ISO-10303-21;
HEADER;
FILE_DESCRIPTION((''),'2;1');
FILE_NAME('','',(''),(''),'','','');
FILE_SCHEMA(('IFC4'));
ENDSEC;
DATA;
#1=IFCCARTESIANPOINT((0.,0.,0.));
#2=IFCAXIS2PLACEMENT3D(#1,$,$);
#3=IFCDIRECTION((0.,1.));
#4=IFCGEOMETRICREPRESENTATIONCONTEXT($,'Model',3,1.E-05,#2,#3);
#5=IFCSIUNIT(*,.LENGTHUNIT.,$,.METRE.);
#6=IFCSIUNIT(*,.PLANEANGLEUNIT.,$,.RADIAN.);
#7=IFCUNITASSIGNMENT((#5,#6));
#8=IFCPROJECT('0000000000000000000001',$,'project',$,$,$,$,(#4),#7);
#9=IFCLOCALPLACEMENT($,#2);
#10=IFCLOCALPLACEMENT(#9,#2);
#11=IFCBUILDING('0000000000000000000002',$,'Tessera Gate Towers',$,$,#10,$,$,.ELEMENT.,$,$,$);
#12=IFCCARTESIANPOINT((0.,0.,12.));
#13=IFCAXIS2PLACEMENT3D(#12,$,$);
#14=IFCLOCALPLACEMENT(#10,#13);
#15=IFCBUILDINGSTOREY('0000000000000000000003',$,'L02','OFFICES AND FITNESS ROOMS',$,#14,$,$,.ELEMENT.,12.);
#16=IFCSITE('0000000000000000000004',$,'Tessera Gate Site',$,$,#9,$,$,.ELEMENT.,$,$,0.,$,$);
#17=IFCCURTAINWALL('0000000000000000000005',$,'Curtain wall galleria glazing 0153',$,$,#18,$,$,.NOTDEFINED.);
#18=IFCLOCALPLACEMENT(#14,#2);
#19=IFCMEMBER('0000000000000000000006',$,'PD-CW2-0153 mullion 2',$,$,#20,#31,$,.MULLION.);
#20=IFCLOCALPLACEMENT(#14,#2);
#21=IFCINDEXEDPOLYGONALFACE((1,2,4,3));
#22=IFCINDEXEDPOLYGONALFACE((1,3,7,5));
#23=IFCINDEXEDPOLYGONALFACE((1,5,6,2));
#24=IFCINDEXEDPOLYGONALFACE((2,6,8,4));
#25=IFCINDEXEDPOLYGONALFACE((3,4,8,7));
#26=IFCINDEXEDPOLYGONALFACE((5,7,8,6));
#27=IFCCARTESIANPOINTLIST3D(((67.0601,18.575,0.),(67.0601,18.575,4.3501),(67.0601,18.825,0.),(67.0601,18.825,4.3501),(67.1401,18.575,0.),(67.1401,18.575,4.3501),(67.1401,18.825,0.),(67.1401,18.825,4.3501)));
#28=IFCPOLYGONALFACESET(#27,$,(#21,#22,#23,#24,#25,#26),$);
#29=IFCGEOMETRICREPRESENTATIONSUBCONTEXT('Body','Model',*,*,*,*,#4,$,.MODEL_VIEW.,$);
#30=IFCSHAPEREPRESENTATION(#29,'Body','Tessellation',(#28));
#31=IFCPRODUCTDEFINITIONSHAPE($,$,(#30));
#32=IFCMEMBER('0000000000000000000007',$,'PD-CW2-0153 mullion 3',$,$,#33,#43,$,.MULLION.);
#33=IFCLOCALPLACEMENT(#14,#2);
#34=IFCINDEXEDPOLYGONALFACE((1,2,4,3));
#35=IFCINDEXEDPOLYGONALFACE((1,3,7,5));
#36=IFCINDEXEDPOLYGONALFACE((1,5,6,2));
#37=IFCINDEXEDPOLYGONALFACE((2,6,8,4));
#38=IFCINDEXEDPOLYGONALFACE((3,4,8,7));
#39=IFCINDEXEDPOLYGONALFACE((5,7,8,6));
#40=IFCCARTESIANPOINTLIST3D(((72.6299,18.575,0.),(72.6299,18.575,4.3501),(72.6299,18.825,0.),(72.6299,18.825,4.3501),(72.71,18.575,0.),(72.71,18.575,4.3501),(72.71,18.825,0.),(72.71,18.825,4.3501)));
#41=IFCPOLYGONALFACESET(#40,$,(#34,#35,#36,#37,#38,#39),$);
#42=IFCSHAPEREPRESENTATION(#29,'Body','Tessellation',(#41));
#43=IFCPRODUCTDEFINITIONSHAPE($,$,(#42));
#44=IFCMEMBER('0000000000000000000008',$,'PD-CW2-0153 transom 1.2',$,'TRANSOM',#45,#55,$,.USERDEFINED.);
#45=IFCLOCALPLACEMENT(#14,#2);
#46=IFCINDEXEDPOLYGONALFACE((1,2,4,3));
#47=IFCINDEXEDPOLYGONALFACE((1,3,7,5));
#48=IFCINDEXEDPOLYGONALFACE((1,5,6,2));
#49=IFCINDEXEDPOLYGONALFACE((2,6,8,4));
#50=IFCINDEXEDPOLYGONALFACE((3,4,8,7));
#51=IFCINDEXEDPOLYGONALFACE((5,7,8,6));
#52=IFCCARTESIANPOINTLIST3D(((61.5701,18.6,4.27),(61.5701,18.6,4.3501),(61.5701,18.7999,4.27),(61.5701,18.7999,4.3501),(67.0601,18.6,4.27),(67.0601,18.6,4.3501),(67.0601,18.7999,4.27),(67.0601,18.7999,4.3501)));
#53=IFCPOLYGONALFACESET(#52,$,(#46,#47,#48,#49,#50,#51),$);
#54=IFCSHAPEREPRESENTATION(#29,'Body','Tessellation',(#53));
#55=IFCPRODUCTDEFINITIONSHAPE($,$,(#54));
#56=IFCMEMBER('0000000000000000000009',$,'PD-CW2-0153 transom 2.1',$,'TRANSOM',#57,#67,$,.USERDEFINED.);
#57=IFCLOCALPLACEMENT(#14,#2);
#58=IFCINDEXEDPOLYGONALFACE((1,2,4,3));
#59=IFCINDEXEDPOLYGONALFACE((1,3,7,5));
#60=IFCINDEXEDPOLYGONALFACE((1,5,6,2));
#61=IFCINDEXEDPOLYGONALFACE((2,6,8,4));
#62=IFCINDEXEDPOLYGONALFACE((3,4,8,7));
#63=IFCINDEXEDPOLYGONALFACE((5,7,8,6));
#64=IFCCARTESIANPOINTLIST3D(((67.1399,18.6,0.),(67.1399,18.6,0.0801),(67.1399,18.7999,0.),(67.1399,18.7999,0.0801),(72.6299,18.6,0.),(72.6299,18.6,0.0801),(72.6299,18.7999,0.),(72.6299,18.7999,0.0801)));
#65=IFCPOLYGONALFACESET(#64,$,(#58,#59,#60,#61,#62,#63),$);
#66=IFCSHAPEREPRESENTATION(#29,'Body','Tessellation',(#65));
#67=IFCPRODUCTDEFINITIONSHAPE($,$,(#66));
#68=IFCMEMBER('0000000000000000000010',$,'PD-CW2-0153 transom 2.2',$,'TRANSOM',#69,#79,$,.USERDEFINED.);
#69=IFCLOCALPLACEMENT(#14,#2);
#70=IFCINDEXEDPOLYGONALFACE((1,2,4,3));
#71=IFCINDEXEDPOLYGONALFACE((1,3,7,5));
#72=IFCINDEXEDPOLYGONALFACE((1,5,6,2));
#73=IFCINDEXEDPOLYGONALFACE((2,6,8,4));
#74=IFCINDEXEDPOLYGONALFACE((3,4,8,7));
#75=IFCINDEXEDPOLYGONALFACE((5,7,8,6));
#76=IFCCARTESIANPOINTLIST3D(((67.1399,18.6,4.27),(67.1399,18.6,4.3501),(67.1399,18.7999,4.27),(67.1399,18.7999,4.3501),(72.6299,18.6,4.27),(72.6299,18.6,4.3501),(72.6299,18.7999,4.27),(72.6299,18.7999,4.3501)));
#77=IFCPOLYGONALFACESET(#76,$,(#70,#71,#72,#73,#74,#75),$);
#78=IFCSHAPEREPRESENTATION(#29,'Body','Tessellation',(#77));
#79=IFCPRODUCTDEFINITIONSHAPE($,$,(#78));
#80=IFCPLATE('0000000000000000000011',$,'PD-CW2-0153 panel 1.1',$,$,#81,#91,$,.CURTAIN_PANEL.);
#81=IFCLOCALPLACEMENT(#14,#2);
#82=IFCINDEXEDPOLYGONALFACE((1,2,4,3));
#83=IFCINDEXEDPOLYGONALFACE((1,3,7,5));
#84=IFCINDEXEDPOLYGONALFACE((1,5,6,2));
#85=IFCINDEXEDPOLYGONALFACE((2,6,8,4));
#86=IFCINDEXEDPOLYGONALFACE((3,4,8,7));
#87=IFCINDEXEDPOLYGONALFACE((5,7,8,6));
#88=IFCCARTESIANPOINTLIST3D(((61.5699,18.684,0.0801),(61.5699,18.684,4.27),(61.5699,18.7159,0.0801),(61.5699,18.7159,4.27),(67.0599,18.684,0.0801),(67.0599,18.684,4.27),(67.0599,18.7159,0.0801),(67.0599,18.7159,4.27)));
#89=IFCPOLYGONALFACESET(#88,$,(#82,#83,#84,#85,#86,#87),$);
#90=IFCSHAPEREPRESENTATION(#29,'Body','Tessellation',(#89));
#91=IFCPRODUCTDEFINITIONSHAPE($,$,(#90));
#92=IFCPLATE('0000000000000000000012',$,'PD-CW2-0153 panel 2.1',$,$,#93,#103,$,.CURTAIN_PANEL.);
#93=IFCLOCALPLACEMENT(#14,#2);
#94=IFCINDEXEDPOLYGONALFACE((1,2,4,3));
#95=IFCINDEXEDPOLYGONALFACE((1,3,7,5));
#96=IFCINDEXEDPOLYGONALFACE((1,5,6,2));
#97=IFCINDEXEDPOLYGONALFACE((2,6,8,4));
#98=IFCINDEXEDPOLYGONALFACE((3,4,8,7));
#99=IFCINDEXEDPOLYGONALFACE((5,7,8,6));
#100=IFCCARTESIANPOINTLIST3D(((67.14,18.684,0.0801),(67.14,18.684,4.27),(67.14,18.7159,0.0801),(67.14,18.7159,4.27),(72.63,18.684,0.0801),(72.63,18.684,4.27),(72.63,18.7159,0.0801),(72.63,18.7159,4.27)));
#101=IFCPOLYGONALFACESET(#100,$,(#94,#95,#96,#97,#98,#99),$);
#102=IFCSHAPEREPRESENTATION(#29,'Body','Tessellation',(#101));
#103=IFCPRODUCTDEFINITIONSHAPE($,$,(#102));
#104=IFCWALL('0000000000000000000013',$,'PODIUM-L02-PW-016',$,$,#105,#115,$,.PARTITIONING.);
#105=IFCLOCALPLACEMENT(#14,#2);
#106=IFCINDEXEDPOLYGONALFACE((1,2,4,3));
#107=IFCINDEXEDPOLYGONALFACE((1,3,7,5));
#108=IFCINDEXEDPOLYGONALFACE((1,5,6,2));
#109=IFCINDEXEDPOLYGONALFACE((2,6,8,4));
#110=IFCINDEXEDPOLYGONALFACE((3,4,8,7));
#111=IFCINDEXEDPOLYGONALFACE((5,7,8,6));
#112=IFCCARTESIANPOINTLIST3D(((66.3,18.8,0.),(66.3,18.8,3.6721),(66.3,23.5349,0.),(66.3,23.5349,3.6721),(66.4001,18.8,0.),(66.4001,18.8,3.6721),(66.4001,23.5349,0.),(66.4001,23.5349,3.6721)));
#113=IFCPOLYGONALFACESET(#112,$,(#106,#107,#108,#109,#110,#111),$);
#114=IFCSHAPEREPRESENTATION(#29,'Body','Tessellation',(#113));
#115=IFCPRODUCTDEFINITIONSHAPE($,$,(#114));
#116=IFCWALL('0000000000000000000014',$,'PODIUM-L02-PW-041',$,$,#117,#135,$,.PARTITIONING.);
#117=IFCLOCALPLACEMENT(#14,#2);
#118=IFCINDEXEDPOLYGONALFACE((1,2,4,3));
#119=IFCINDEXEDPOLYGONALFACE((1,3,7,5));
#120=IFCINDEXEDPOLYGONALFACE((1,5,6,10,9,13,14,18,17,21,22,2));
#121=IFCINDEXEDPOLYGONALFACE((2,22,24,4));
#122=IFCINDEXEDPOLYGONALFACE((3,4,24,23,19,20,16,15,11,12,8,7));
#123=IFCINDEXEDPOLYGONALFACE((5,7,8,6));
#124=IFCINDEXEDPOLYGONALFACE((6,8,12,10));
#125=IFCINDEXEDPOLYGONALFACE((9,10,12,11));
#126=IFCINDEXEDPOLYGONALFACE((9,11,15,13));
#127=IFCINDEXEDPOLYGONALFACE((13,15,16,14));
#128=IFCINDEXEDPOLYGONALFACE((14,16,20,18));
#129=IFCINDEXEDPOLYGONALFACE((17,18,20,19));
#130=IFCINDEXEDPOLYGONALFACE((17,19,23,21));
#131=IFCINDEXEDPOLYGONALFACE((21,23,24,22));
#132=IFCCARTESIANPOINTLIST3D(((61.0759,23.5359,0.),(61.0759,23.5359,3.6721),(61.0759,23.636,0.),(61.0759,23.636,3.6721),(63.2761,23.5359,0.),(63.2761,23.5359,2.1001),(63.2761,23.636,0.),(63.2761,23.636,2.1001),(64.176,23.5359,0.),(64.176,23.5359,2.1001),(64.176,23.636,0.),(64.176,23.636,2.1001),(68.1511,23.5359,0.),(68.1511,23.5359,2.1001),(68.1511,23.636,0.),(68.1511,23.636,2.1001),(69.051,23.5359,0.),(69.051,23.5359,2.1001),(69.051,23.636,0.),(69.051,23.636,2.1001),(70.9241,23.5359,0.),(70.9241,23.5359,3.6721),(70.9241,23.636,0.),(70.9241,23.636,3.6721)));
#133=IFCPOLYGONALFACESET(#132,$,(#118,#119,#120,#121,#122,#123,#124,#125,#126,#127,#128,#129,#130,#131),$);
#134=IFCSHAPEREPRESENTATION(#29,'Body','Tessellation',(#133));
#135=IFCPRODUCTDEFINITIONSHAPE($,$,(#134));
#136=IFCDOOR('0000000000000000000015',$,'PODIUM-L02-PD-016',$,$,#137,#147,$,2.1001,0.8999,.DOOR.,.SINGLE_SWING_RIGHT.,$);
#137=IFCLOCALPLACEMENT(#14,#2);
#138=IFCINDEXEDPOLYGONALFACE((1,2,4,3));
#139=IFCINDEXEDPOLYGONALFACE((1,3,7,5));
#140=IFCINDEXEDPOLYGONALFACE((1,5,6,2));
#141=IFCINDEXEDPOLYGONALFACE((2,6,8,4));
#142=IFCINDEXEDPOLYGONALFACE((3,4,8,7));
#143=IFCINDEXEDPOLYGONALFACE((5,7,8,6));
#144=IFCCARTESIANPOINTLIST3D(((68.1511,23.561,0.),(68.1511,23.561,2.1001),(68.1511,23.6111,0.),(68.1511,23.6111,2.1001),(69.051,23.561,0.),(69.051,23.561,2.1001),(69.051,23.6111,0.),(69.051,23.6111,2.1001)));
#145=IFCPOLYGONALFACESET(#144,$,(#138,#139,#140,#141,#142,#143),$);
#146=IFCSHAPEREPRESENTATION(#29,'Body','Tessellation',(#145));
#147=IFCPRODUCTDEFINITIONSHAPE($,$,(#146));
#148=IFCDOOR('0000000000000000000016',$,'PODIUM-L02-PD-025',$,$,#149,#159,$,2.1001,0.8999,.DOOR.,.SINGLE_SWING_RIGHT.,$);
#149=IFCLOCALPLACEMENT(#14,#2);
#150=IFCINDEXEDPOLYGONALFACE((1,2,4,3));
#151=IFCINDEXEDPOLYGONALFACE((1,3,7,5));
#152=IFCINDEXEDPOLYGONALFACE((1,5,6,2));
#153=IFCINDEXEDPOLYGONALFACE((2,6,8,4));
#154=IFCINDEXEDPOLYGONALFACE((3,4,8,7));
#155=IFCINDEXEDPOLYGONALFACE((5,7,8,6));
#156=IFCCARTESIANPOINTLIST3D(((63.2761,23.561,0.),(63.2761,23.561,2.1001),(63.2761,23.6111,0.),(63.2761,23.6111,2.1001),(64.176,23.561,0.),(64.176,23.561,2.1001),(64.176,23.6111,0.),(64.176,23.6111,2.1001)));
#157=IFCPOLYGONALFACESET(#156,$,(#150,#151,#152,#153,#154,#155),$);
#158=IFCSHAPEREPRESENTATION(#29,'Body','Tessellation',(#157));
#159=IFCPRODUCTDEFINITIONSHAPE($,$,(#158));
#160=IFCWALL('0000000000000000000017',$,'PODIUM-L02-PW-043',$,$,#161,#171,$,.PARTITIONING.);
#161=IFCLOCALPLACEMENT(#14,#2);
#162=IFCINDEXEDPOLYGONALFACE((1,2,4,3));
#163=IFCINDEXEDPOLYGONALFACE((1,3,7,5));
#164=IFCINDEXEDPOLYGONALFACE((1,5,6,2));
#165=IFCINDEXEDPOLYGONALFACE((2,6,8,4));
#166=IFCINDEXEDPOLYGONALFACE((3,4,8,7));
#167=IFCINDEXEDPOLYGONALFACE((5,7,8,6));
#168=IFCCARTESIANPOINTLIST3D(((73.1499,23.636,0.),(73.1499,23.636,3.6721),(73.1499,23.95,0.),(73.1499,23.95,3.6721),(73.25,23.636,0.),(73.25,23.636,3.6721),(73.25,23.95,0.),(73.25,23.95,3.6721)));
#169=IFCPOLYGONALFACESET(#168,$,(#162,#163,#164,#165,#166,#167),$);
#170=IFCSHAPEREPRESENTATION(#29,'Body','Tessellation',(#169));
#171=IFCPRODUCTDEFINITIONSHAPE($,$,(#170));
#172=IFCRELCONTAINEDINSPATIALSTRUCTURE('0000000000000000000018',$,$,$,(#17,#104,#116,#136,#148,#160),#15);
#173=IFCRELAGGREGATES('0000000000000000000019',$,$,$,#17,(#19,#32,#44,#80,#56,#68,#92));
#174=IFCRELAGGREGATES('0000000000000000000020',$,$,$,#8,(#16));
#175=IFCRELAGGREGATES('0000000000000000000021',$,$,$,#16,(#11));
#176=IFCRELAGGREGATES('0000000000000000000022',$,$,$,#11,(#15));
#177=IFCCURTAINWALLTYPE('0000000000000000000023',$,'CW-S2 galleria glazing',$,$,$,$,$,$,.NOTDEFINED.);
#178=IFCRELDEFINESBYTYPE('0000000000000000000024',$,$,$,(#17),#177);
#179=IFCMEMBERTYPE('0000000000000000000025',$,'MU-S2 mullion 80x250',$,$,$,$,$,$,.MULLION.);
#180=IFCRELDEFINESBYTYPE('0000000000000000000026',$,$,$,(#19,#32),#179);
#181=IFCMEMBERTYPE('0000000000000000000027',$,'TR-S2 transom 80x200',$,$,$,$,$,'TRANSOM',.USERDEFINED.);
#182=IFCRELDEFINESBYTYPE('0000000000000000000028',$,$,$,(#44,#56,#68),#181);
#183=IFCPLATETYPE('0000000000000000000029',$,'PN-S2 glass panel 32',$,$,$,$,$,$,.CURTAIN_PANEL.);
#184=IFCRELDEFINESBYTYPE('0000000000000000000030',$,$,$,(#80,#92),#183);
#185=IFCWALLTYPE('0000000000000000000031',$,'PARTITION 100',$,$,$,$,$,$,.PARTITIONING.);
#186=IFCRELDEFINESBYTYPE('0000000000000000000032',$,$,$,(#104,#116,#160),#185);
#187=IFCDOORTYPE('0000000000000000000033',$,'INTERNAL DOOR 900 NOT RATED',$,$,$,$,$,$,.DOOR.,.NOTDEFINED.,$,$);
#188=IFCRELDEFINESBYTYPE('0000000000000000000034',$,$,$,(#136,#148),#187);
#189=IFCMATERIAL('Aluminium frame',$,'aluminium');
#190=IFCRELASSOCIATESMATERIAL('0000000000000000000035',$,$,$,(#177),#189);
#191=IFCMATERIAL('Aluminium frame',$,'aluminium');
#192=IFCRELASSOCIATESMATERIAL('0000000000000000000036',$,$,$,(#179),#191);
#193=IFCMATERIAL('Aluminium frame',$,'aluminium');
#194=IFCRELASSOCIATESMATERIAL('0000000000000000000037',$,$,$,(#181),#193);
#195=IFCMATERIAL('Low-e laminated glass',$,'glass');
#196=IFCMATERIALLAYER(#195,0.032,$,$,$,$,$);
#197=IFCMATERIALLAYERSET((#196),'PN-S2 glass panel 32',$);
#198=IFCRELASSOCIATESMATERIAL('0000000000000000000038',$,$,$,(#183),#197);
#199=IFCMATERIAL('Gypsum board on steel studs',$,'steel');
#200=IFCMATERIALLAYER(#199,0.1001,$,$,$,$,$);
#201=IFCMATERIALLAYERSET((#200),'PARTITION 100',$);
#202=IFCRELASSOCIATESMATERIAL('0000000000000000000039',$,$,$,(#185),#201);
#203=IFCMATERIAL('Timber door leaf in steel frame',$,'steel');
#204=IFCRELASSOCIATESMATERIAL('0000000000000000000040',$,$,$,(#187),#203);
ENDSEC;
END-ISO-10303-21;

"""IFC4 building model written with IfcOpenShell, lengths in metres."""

from ifc_helpers import new_model, si_unit, direction, frame, frame_2d, origin, origin_2d, place, context, subcontext, project, spatial, rectangle, extrude, source, transform, mapped, material, layer, layer_set, material_profile, profile_set, type_object, element, fill, aggregate, save


model = new_model("IFC4")

# Units and contexts
model_context = context("Model", 3, precision=1e-05, world=origin(), true_north=direction((0.0, 1.0)))
body_context = subcontext(model_context, "Body", "Model", "MODEL_VIEW")
ifc_project = project(units=[si_unit("LENGTHUNIT", "METRE"), si_unit("PLANEANGLEUNIT", "RADIAN")], contexts=[model_context])

# Site, building, storey
site_placement = place(None, origin())
site = spatial("IfcSite", under=ifc_project, at=site_placement, Name="Tessera Gate Site", CompositionType="ELEMENT", RefElevation=0.0)
building_placement = place(site_placement, origin())
building = spatial("IfcBuilding", under=site, at=building_placement, Name="Tessera Gate Towers", CompositionType="ELEMENT")
storey_placement = place(building_placement, frame((0.0, 0.0, 12.0)))
storey = spatial("IfcBuildingStorey", under=building, at=storey_placement, Name="L02", Description="OFFICES AND FITNESS ROOMS", CompositionType="ELEMENT", Elevation=12.0)

# Curtain wall, members, plates
ifc_material_1 = material(Name="Aluminium frame", Category="aluminium")
curtain_wall_type = type_object("IfcCurtainWallType", Name="CW-S2 galleria glazing", PredefinedType="NOTDEFINED", material=ifc_material_1)
curtain_wall_placement = place(storey_placement, origin())
curtain_wall = element("IfcCurtainWall", 1, at=curtain_wall_placement, inside=storey, type_object=curtain_wall_type, Name="Curtain wall galleria glazing 0153", PredefinedType="NOTDEFINED")
ifc_material_2 = material(Name="Aluminium frame", Category="aluminium")
ifc_material_profile_1 = material_profile(ifc_material_2, rectangle(XDim=0.0801, YDim=0.25, at=origin_2d()), Name="AL 80x250")
ifc_profile_set_1 = profile_set([ifc_material_profile_1], Name="Aluminium frame")
member_type_1 = type_object("IfcMemberType", Name="MU-S2 mullion 80x250", PredefinedType="MULLION", material=ifc_profile_set_1)
member_1_placement = place(storey_placement, frame((67.1001, 18.7, 0.0), z_axis=(0.0, 0.0, 1.0), x_axis=(1.0, 0.0, 0.0)))
member_1 = element("IfcMember", 2, at=member_1_placement, type_object=member_type_1, Name="PD-CW2-0153 mullion 2", PredefinedType="MULLION", context=body_context, shape_type="SweptSolid", body=[
    extrude(rectangle(XDim=0.0801, YDim=0.25, at=origin_2d()), origin(), (0.0, 0.0, 1.0), 4.3501),
])
member_2_placement = place(storey_placement, frame((72.6699, 18.7, 0.0), z_axis=(0.0, 0.0, 1.0), x_axis=(1.0, 0.0, 0.0)))
member_2 = element("IfcMember", 3, at=member_2_placement, type_object=member_type_1, Name="PD-CW2-0153 mullion 3", PredefinedType="MULLION", context=body_context, shape_type="SweptSolid", body=[
    extrude(rectangle(XDim=0.0801, YDim=0.25, at=origin_2d()), origin(), (0.0, 0.0, 1.0), 4.3501),
])
ifc_material_3 = material(Name="Aluminium frame", Category="aluminium")
ifc_material_profile_2 = material_profile(ifc_material_3, rectangle(XDim=0.2, YDim=0.0801, at=origin_2d()), Name="AL 80x200")
ifc_profile_set_2 = profile_set([ifc_material_profile_2], Name="Aluminium frame")
member_type_2 = type_object("IfcMemberType", Name="TR-S2 transom 80x200", ElementType="TRANSOM", PredefinedType="USERDEFINED", material=ifc_profile_set_2)
member_3_placement = place(storey_placement, frame((61.5701, 18.7, 4.3101), z_axis=(1.0, 0.0, 0.0), x_axis=(0.0, 1.0, 0.0)))
member_3 = element("IfcMember", 4, at=member_3_placement, type_object=member_type_2, Name="PD-CW2-0153 transom 1.2", ObjectType="TRANSOM", PredefinedType="USERDEFINED", context=body_context, shape_type="SweptSolid", body=[
    extrude(rectangle(XDim=0.2, YDim=0.0801, at=origin_2d()), origin(), (0.0, 0.0, 1.0), 5.49),
])
member_4_placement = place(storey_placement, frame((67.1399, 18.7, 0.04), z_axis=(1.0, 0.0, 0.0), x_axis=(0.0, 1.0, 0.0)))
member_4 = element("IfcMember", 5, at=member_4_placement, type_object=member_type_2, Name="PD-CW2-0153 transom 2.1", ObjectType="TRANSOM", PredefinedType="USERDEFINED", context=body_context, shape_type="SweptSolid", body=[
    extrude(rectangle(XDim=0.2, YDim=0.0801, at=origin_2d()), origin(), (0.0, 0.0, 1.0), 5.49),
])
member_5_placement = place(storey_placement, frame((67.1399, 18.7, 4.3101), z_axis=(1.0, 0.0, 0.0), x_axis=(0.0, 1.0, 0.0)))
member_5 = element("IfcMember", 6, at=member_5_placement, type_object=member_type_2, Name="PD-CW2-0153 transom 2.2", ObjectType="TRANSOM", PredefinedType="USERDEFINED", context=body_context, shape_type="SweptSolid", body=[
    extrude(rectangle(XDim=0.2, YDim=0.0801, at=origin_2d()), origin(), (0.0, 0.0, 1.0), 5.49),
])
ifc_material_4 = material(Name="Low-e laminated glass", Category="glass")
ifc_layer_1 = layer(ifc_material_4, 0.032)
ifc_layer_set_1 = layer_set([ifc_layer_1], Name="PN-S2 glass panel 32")
plate_type = type_object("IfcPlateType", Name="PN-S2 glass panel 32", PredefinedType="CURTAIN_PANEL", material=ifc_layer_set_1)
plate_1_placement = place(storey_placement, frame((64.3149, 18.7, 0.0801), z_axis=(0.0, 0.0, 1.0), x_axis=(1.0, 0.0, 0.0)))
plate_1 = element("IfcPlate", 7, at=plate_1_placement, type_object=plate_type, Name="PD-CW2-0153 panel 1.1", PredefinedType="CURTAIN_PANEL", context=body_context, shape_type="SweptSolid", body=[
    extrude(rectangle(XDim=5.49, YDim=0.032, at=origin_2d()), origin(), (0.0, 0.0, 1.0), 4.1899),
])
plate_2_placement = place(storey_placement, frame((69.885, 18.7, 0.0801), z_axis=(0.0, 0.0, 1.0), x_axis=(1.0, 0.0, 0.0)))
plate_2 = element("IfcPlate", 8, at=plate_2_placement, type_object=plate_type, Name="PD-CW2-0153 panel 2.1", PredefinedType="CURTAIN_PANEL", context=body_context, shape_type="SweptSolid", body=[
    extrude(rectangle(XDim=5.49, YDim=0.032, at=origin_2d()), origin(), (0.0, 0.0, 1.0), 4.1899),
])
aggregate(curtain_wall, [member_1, member_2, member_3, plate_1, member_4, member_5, plate_2])

# Wall
ifc_material_5 = material(Name="Gypsum board on steel studs", Category="steel")
ifc_layer_2 = layer(ifc_material_5, 0.1001)
ifc_layer_set_2 = layer_set([ifc_layer_2], Name="PARTITION 100")
wall_type_1 = type_object("IfcWallType", Name="PARTITION 100", PredefinedType="PARTITIONING", material=ifc_layer_set_2)
wall_1_placement = place(storey_placement, frame((66.3501, 18.8, 0.0), z_axis=(0.0, 0.0, 1.0), x_axis=(0.0, 1.0, 0.0)))
element("IfcWall", 9, at=wall_1_placement, inside=storey, type_object=wall_type_1, Name="PODIUM-L02-PW-016", PredefinedType="PARTITIONING", context=body_context, shape_type="SweptSolid", body=[
    extrude(rectangle(XDim=4.7349, YDim=0.1001, at=frame_2d((2.3674, 0.0))), origin(), (0.0, 0.0, 1.0), 3.6721),
])

# Wall, openings, doors
wall_2_placement = place(storey_placement, frame((70.9241, 23.5859, 0.0), z_axis=(0.0, 0.0, 1.0), x_axis=(-1.0, 0.0, 0.0)))
wall_2 = element("IfcWall", 10, at=wall_2_placement, inside=storey, type_object=wall_type_1, Name="PODIUM-L02-PW-041", PredefinedType="PARTITIONING", context=body_context, shape_type="SweptSolid", body=[
    extrude(rectangle(XDim=9.8481, YDim=0.1001, at=frame_2d((4.9241, 0.0))), origin(), (0.0, 0.0, 1.0), 3.6721),
])
shared_shape_1 = source(origin(), body_context, "Body", "SweptSolid", [
    extrude(rectangle(XDim=0.8999, YDim=2.1001, at=frame_2d((0.45, 1.05))), frame((0.0, 0.0601, 0.0), z_axis=(0.0, -1.0, 0.0), x_axis=(1.0, 0.0, 0.0)), (0.0, 0.0, 1.0), 0.1201),
])
opening_1_placement = place(wall_2_placement, frame((1.873, 0.0, 0.0)))
opening_1 = element("IfcOpeningElement", 11, at=opening_1_placement, cuts=wall_2, PredefinedType="OPENING", context=body_context, shape_type="MappedRepresentation", body=[
    mapped(shared_shape_1, transform((0.0, 0.0, 0.0), scale=1.0)),
])
opening_2_placement = place(wall_2_placement, frame((6.748, 0.0, 0.0)))
opening_2 = element("IfcOpeningElement", 12, at=opening_2_placement, cuts=wall_2, PredefinedType="OPENING", context=body_context, shape_type="MappedRepresentation", body=[
    mapped(shared_shape_1, transform((0.0, 0.0, 0.0), scale=1.0)),
])
ifc_material_6 = material(Name="Timber door leaf in steel frame", Category="steel")
door_type = type_object("IfcDoorType", Name="INTERNAL DOOR 900 NOT RATED", OperationType="NOTDEFINED", PredefinedType="DOOR", material=ifc_material_6)
shared_shape_2 = source(origin(), body_context, "Body", "SweptSolid", [
    extrude(rectangle(XDim=0.8999, YDim=2.1001, at=frame_2d((0.45, 1.05))), frame((0.0, 0.0249, 0.0), z_axis=(0.0, -1.0, 0.0), x_axis=(1.0, 0.0, 0.0)), (0.0, 0.0, 1.0), 0.05),
])
door_1_placement = place(opening_1_placement, origin())
door_1 = element("IfcDoor", 13, at=door_1_placement, inside=storey, type_object=door_type, Name="PODIUM-L02-PD-016", OperationType="SINGLE_SWING_RIGHT", OverallHeight=2.1001, OverallWidth=0.8999, PredefinedType="DOOR", context=body_context, shape_type="MappedRepresentation", body=[
    mapped(shared_shape_2, transform((0.0, 0.0, 0.0), scale=1.0)),
])
fill(opening_1, door_1)
door_2_placement = place(opening_2_placement, origin())
door_2 = element("IfcDoor", 14, at=door_2_placement, inside=storey, type_object=door_type, Name="PODIUM-L02-PD-025", OperationType="SINGLE_SWING_RIGHT", OverallHeight=2.1001, OverallWidth=0.8999, PredefinedType="DOOR", context=body_context, shape_type="MappedRepresentation", body=[
    mapped(shared_shape_2, transform((0.0, 0.0, 0.0), scale=1.0)),
])
fill(opening_2, door_2)

# Wall
wall_3_placement = place(storey_placement, frame((73.2, 23.95, 0.0), z_axis=(0.0, 0.0, 1.0), x_axis=(0.0, -1.0, 0.0)))
element("IfcWall", 15, at=wall_3_placement, inside=storey, type_object=wall_type_1, Name="PODIUM-L02-PW-043", PredefinedType="PARTITIONING", context=body_context, shape_type="SweptSolid", body=[
    extrude(rectangle(XDim=0.314, YDim=0.1001, at=frame_2d((0.157, 0.0))), origin(), (0.0, 0.0, 1.0), 3.6721),
])

save(model, "model.ifc")
